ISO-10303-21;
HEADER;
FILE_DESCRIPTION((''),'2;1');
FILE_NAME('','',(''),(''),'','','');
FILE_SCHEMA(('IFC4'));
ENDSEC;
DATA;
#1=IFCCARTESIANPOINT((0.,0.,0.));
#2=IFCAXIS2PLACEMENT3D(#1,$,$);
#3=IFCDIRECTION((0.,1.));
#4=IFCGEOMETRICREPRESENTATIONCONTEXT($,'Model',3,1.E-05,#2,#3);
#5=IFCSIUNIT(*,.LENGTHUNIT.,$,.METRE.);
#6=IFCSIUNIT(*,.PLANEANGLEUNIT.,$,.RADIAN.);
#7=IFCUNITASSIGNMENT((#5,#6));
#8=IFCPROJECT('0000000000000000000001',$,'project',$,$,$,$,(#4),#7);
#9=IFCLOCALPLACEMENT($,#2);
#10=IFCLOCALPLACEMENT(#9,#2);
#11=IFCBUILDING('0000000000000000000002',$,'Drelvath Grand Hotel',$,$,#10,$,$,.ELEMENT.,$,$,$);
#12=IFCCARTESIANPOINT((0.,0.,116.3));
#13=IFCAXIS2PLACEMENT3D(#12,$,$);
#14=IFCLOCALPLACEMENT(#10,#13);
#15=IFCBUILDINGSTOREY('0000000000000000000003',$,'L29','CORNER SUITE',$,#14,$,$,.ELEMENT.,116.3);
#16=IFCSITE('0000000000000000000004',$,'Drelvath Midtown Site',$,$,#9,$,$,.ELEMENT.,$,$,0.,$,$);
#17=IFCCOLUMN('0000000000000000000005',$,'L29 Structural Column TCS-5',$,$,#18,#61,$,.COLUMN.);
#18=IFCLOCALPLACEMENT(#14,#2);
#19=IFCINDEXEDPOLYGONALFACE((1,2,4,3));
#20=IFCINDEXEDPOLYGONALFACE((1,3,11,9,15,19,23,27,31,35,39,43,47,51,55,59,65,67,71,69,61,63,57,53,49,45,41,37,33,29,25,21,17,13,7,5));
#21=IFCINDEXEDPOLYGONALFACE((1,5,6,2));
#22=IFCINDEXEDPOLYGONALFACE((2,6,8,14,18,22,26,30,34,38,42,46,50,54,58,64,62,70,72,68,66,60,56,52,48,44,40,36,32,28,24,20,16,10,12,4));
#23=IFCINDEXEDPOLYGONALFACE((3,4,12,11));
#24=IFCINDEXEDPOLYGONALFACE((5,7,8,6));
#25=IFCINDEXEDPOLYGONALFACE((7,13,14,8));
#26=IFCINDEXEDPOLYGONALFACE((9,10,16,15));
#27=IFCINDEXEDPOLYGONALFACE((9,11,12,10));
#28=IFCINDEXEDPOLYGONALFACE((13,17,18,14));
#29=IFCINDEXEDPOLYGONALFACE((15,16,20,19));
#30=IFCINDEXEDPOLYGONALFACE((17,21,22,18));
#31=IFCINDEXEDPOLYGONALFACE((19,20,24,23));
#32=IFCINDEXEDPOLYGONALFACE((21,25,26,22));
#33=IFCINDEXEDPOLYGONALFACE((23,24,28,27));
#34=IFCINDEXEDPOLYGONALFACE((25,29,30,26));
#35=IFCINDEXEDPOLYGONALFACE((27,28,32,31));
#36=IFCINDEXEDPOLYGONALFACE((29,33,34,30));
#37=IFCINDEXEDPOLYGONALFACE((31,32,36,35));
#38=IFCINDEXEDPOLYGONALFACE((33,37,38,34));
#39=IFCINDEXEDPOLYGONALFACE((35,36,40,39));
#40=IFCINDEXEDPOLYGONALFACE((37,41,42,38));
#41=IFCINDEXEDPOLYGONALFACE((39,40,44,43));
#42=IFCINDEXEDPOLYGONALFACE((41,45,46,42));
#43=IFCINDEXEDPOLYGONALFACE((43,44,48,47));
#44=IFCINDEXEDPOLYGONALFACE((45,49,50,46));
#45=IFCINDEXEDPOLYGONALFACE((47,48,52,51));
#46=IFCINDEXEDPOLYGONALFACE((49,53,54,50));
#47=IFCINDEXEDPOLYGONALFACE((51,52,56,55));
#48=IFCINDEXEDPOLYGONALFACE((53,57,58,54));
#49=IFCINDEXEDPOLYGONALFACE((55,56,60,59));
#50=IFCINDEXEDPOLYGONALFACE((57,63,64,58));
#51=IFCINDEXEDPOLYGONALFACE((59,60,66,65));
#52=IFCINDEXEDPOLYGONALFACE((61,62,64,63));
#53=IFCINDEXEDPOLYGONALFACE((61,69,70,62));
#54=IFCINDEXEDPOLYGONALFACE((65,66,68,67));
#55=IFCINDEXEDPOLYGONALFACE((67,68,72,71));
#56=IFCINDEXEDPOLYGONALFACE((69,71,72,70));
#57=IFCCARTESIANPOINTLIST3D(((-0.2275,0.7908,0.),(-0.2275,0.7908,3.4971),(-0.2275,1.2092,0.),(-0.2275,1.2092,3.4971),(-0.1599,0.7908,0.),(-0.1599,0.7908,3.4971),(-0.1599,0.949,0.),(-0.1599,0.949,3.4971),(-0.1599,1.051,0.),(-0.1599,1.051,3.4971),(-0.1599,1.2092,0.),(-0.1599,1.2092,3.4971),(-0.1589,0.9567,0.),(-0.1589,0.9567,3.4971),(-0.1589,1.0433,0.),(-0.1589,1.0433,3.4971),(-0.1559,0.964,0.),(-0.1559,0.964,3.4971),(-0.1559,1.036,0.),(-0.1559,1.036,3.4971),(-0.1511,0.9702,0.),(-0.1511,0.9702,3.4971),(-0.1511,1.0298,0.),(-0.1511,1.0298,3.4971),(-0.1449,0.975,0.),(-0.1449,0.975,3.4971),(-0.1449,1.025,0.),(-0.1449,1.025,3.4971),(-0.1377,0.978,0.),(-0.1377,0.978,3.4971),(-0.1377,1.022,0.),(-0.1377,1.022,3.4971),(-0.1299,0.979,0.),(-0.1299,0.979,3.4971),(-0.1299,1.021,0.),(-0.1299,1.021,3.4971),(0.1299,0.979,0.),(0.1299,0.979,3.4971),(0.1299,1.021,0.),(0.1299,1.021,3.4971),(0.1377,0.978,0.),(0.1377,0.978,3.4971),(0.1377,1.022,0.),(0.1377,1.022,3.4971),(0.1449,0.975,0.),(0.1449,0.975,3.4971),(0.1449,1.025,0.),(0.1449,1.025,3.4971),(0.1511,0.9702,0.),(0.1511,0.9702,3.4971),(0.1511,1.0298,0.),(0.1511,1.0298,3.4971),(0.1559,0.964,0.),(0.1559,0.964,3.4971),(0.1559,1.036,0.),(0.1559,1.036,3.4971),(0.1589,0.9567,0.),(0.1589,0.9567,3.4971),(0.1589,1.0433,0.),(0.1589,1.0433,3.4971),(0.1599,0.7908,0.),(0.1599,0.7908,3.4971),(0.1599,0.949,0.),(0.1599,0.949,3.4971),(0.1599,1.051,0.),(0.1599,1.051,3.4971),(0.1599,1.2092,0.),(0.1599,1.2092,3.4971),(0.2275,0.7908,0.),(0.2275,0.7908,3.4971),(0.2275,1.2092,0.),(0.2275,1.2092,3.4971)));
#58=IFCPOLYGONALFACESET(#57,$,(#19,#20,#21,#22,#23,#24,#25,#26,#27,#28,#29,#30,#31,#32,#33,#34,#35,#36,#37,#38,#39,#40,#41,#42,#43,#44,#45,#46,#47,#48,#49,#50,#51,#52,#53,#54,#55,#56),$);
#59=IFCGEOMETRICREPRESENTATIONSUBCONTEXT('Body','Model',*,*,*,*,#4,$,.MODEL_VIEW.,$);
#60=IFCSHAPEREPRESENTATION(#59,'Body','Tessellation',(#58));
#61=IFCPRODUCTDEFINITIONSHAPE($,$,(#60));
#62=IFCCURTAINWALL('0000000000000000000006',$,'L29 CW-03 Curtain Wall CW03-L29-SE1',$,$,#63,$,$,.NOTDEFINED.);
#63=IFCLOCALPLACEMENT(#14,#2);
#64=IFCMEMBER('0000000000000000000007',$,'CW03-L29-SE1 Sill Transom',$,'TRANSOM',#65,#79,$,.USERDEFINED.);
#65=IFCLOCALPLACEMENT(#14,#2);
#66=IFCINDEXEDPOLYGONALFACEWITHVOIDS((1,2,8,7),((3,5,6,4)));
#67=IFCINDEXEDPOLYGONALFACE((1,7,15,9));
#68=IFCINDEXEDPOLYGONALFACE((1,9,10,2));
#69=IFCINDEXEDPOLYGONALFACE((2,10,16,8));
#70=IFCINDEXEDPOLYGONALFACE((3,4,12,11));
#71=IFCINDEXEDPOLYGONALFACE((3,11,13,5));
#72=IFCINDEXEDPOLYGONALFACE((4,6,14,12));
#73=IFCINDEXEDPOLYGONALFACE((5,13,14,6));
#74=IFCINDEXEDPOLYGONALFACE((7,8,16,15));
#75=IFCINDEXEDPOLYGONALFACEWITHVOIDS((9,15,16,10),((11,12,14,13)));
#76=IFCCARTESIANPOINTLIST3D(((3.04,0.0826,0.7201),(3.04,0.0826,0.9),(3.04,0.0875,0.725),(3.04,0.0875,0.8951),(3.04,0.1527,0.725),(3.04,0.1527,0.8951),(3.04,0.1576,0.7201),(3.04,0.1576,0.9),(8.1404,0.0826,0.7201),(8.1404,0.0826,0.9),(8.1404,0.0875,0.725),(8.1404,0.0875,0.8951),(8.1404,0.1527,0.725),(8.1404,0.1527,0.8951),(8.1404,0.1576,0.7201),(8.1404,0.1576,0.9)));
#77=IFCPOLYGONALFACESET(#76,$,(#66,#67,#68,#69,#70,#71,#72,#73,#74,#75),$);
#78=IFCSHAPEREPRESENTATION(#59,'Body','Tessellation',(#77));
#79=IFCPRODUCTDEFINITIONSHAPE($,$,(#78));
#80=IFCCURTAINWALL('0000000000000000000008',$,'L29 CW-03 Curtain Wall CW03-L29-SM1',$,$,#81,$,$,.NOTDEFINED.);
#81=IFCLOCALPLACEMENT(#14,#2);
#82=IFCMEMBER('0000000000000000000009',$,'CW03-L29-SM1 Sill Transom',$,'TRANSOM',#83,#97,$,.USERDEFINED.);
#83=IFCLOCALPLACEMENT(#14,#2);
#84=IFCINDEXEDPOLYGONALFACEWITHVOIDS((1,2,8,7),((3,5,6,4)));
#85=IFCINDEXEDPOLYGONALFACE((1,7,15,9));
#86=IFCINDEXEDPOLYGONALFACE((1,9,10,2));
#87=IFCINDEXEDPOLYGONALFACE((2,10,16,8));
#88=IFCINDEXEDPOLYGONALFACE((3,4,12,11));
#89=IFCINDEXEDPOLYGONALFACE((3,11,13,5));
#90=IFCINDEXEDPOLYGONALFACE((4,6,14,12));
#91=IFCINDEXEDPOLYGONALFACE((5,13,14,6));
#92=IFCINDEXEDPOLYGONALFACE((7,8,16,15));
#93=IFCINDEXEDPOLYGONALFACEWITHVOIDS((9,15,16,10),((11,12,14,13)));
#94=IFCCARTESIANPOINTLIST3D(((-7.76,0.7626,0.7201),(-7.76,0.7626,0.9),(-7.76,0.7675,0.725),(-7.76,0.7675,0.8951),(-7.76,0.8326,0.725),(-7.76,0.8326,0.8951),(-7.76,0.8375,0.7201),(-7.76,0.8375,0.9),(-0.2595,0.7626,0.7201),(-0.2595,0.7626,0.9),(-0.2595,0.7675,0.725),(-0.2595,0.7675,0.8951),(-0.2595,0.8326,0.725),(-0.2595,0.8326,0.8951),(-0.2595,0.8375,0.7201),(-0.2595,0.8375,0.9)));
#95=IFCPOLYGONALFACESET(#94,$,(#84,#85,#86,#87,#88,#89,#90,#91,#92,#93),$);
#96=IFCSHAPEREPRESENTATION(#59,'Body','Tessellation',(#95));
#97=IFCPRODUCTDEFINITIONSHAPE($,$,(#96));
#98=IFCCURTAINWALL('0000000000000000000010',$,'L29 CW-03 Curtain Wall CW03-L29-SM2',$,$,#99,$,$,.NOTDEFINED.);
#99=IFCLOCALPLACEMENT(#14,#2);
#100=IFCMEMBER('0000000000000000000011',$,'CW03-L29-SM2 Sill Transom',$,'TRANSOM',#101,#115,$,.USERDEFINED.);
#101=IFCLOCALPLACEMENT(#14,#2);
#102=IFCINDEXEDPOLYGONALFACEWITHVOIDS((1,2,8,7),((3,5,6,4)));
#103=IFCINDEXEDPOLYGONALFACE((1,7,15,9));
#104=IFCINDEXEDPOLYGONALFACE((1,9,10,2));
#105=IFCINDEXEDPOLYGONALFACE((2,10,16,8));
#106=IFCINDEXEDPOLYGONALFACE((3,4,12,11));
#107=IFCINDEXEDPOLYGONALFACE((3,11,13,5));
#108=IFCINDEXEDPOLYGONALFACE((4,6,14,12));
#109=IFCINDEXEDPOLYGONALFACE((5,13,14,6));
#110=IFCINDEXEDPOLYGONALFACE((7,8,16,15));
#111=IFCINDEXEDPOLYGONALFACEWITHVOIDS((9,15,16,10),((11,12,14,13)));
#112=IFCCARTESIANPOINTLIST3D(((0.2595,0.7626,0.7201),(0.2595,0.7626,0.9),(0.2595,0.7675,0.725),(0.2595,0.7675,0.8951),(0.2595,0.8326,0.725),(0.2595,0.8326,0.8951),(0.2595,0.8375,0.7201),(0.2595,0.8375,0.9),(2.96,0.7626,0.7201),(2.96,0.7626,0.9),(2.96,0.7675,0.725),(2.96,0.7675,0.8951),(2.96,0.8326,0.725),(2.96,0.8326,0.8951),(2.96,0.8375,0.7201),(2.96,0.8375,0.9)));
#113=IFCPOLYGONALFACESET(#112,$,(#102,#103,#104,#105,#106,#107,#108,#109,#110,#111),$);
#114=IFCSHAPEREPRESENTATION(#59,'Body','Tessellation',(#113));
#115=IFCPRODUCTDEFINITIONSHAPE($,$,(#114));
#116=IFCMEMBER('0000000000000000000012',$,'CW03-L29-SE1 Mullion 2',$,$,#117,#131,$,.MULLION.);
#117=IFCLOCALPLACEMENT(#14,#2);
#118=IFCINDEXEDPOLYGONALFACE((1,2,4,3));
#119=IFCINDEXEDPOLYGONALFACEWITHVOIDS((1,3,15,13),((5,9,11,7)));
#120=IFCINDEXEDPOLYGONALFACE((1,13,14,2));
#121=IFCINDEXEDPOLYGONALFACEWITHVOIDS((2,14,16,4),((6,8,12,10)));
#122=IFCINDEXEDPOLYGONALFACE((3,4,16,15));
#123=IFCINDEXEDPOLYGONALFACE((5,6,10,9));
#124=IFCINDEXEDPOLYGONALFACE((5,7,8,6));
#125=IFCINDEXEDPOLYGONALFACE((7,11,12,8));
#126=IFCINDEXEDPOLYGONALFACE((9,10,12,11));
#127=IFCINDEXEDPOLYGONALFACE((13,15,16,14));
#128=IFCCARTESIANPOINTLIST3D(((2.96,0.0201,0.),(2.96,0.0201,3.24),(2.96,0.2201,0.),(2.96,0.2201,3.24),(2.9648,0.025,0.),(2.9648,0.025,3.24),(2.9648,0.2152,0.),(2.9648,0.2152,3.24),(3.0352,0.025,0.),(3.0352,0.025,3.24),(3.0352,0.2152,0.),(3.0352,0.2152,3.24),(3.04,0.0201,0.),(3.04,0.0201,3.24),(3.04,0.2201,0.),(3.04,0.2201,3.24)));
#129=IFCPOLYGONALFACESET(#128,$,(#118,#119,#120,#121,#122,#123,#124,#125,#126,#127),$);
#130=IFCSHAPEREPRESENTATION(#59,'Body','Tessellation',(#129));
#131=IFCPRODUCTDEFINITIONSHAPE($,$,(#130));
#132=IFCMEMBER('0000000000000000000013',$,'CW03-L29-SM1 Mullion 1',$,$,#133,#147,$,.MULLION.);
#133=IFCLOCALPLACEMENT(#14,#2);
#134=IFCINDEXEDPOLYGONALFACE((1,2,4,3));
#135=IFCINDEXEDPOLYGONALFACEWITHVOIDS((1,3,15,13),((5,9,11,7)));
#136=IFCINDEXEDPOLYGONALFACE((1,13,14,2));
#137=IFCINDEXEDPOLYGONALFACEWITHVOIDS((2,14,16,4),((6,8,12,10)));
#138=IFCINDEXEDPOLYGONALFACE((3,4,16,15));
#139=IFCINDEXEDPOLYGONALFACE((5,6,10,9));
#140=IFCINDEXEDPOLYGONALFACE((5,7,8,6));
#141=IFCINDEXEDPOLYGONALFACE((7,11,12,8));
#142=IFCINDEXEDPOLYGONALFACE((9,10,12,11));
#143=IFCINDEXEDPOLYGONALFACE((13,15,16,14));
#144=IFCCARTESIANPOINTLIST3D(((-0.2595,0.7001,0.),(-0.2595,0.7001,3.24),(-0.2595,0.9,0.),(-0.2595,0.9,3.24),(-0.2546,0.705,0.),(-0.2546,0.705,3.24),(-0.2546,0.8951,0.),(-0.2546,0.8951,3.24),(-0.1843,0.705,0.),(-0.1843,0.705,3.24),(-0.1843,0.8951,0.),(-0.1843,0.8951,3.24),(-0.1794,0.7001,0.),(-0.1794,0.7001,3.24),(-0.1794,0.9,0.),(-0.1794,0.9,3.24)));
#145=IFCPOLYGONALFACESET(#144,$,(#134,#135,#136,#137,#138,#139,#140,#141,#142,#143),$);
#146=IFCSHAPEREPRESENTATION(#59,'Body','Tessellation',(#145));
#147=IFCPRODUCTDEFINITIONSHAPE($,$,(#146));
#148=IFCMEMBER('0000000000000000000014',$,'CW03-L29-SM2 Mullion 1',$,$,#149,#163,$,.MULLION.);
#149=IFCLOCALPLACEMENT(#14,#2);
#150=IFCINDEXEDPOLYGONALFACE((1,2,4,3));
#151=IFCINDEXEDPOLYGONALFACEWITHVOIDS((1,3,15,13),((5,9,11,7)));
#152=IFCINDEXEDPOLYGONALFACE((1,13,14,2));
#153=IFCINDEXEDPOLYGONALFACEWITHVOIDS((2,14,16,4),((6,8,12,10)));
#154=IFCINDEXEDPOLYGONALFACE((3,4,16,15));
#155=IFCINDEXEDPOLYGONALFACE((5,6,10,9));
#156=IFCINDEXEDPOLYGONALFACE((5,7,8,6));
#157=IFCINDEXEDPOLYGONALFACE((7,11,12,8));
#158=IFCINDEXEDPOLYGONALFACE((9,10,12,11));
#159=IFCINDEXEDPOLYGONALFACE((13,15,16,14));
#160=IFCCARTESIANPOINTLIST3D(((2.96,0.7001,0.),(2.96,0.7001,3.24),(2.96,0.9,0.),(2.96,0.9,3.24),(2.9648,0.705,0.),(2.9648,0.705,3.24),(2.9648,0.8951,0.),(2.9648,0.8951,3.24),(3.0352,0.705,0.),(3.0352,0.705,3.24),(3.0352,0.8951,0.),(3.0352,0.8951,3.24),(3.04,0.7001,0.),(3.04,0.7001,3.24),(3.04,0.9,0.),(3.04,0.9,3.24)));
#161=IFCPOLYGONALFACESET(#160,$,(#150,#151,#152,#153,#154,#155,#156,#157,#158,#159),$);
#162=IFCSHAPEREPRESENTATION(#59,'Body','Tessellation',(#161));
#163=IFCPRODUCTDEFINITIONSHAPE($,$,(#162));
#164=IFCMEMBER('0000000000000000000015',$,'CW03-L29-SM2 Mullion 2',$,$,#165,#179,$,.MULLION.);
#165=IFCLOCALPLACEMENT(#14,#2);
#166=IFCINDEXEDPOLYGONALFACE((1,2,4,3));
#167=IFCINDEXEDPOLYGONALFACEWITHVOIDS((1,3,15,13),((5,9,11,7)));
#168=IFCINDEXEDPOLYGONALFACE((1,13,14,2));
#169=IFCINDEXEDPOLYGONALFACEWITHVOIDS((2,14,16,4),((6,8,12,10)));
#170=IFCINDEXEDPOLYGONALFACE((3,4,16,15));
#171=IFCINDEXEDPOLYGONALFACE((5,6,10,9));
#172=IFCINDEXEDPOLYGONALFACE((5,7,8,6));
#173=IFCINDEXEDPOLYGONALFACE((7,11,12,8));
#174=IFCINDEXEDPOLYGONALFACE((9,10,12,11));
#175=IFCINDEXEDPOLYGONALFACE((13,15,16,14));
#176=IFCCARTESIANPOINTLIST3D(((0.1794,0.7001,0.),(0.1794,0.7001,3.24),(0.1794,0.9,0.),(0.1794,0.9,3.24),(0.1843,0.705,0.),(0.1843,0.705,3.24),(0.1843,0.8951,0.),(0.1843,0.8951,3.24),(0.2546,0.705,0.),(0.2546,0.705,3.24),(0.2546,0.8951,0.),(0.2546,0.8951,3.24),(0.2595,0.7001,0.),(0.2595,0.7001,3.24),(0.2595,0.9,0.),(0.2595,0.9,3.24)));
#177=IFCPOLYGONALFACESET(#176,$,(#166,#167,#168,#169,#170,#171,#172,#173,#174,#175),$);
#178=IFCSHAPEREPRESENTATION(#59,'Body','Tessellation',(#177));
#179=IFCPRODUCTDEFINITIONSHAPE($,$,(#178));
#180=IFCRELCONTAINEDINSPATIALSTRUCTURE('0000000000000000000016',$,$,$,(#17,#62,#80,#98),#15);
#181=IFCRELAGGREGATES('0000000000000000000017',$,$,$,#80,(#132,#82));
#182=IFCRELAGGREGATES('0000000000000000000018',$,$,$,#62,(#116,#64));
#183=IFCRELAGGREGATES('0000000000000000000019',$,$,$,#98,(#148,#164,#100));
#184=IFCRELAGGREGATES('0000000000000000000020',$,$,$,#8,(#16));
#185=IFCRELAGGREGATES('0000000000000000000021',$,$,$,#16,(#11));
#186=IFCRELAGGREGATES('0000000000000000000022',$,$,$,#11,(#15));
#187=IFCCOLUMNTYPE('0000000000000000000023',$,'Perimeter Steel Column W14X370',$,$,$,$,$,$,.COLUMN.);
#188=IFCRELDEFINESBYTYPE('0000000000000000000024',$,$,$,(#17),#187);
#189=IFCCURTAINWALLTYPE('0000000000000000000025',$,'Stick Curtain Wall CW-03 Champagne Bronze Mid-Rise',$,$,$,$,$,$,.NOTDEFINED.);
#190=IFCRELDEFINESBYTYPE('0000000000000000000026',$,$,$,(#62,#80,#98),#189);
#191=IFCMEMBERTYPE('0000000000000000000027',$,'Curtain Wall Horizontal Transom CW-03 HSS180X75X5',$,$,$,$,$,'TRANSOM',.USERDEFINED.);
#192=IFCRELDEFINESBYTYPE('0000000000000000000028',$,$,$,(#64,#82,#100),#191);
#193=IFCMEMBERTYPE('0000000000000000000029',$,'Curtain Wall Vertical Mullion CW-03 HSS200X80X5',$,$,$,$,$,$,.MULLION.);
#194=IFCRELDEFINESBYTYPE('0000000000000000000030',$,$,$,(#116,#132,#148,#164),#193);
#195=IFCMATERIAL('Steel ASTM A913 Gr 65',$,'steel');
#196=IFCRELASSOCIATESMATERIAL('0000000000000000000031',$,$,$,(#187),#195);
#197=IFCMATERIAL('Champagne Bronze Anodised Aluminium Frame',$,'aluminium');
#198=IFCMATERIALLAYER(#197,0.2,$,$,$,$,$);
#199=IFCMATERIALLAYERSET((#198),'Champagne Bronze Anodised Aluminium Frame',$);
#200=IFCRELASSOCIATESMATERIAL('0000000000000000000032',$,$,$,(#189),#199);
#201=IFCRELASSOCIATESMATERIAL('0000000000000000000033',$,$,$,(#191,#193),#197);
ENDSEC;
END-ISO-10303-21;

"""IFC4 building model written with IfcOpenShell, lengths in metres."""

from ifc_helpers import new_model, si_unit, direction, frame, origin, origin_2d, place, context, subcontext, project, spatial, hollow_rectangle, i_section, extrude, material, layer, layer_set, material_profile, profile_set, type_object, element, aggregate, save


model = new_model("IFC4")

# Units and contexts
model_context = context("Model", 3, precision=1e-05, world=origin(), true_north=direction((0.0, 1.0)))
body_context = subcontext(model_context, "Body", "Model", "MODEL_VIEW")
ifc_project = project(units=[si_unit("LENGTHUNIT", "METRE"), si_unit("PLANEANGLEUNIT", "RADIAN")], contexts=[model_context])

# Site, building, storey
site_placement = place(None, origin())
site = spatial("IfcSite", under=ifc_project, at=site_placement, Name="Drelvath Midtown Site", CompositionType="ELEMENT", RefElevation=0.0)
building_placement = place(site_placement, origin())
building = spatial("IfcBuilding", under=site, at=building_placement, Name="Drelvath Grand Hotel", CompositionType="ELEMENT")
storey_placement = place(building_placement, frame((0.0, 0.0, 116.3)))
storey = spatial("IfcBuildingStorey", under=building, at=storey_placement, Name="L29", Description="CORNER SUITE", CompositionType="ELEMENT", Elevation=116.3)

# Column
ifc_material_1 = material(Name="Steel ASTM A913 Gr 65", Category="steel")
ifc_material_profile_1 = material_profile(ifc_material_1, i_section(OverallWidth=0.4185, OverallDepth=0.4551, WebThickness=0.042, FlangeThickness=0.0676, FilletRadius=0.03, at=origin_2d()), Name="W14X370")
ifc_profile_set_1 = profile_set([ifc_material_profile_1], Name="Steel ASTM A913 Gr 65")
column_type = type_object("IfcColumnType", Name="Perimeter Steel Column W14X370", PredefinedType="COLUMN", material=ifc_profile_set_1)
column_placement = place(storey_placement, frame((0.0, 1.0, 0.0), z_axis=(0.0, 0.0, 1.0), x_axis=(0.0, 1.0, 0.0)))
element("IfcColumn", 1, at=column_placement, inside=storey, type_object=column_type, Name="L29 Structural Column TCS-5", PredefinedType="COLUMN", context=body_context, shape_type="SweptSolid", body=[
    extrude(i_section(OverallWidth=0.4185, OverallDepth=0.4551, WebThickness=0.042, FlangeThickness=0.0676, FilletRadius=0.03, at=origin_2d()), origin(), (0.0, 0.0, 1.0), 3.4971),
])

# Curtain walls, members
ifc_material_2 = material(Name="Champagne Bronze Anodised Aluminium Frame", Category="aluminium")
ifc_layer_1 = layer(ifc_material_2, 0.2)
ifc_layer_set_1 = layer_set([ifc_layer_1], Name="Champagne Bronze Anodised Aluminium Frame")
curtain_wall_type = type_object("IfcCurtainWallType", Name="Stick Curtain Wall CW-03 Champagne Bronze Mid-Rise", PredefinedType="NOTDEFINED", material=ifc_layer_set_1)
curtain_wall_1_placement = place(storey_placement, origin())
curtain_wall_1 = element("IfcCurtainWall", 2, at=curtain_wall_1_placement, inside=storey, type_object=curtain_wall_type, Name="L29 CW-03 Curtain Wall CW03-L29-SE1", PredefinedType="NOTDEFINED")
ifc_material_profile_2 = material_profile(ifc_material_2, hollow_rectangle(XDim=0.075, YDim=0.1799, WallThickness=0.0049, at=origin_2d()), Name="HSS180X75X5")
ifc_profile_set_2 = profile_set([ifc_material_profile_2], Name="Champagne Bronze Anodised Aluminium Frame")
member_type_1 = type_object("IfcMemberType", Name="Curtain Wall Horizontal Transom CW-03 HSS180X75X5", ElementType="TRANSOM", PredefinedType="USERDEFINED", material=ifc_profile_set_2)
member_1_placement = place(storey_placement, frame((8.1404, 0.1201, 0.8101), z_axis=(-1.0, 0.0, 0.0), x_axis=(0.0, -1.0, 0.0)))
member_1 = element("IfcMember", 3, at=member_1_placement, type_object=member_type_1, Name="CW03-L29-SE1 Sill Transom", ObjectType="TRANSOM", PredefinedType="USERDEFINED", context=body_context, shape_type="SweptSolid", body=[
    extrude(hollow_rectangle(XDim=0.075, YDim=0.1799, WallThickness=0.0049, at=origin_2d()), origin(), (0.0, 0.0, 1.0), 5.1003),
])
curtain_wall_2_placement = place(storey_placement, origin())
curtain_wall_2 = element("IfcCurtainWall", 4, at=curtain_wall_2_placement, inside=storey, type_object=curtain_wall_type, Name="L29 CW-03 Curtain Wall CW03-L29-SM1", PredefinedType="NOTDEFINED")
member_2_placement = place(storey_placement, frame((-0.2595, 0.8, 0.8101), z_axis=(-1.0, 0.0, 0.0), x_axis=(0.0, -1.0, 0.0)))
member_2 = element("IfcMember", 5, at=member_2_placement, type_object=member_type_1, Name="CW03-L29-SM1 Sill Transom", ObjectType="TRANSOM", PredefinedType="USERDEFINED", context=body_context, shape_type="SweptSolid", body=[
    extrude(hollow_rectangle(XDim=0.075, YDim=0.1799, WallThickness=0.0049, at=origin_2d()), origin(), (0.0, 0.0, 1.0), 7.5005),
])
curtain_wall_3_placement = place(storey_placement, origin())
curtain_wall_3 = element("IfcCurtainWall", 6, at=curtain_wall_3_placement, inside=storey, type_object=curtain_wall_type, Name="L29 CW-03 Curtain Wall CW03-L29-SM2", PredefinedType="NOTDEFINED")
member_3_placement = place(storey_placement, frame((2.96, 0.8, 0.8101), z_axis=(-1.0, 0.0, 0.0), x_axis=(0.0, -1.0, 0.0)))
member_3 = element("IfcMember", 7, at=member_3_placement, type_object=member_type_1, Name="CW03-L29-SM2 Sill Transom", ObjectType="TRANSOM", PredefinedType="USERDEFINED", context=body_context, shape_type="SweptSolid", body=[
    extrude(hollow_rectangle(XDim=0.075, YDim=0.1799, WallThickness=0.0049, at=origin_2d()), origin(), (0.0, 0.0, 1.0), 2.7004),
])

# Members
ifc_material_profile_3 = material_profile(ifc_material_2, hollow_rectangle(XDim=0.0801, YDim=0.2, WallThickness=0.0049, at=origin_2d()), Name="HSS200X80X5")
ifc_profile_set_3 = profile_set([ifc_material_profile_3], Name="Champagne Bronze Anodised Aluminium Frame")
member_type_2 = type_object("IfcMemberType", Name="Curtain Wall Vertical Mullion CW-03 HSS200X80X5", PredefinedType="MULLION", material=ifc_profile_set_3)
member_4_placement = place(storey_placement, frame((3.0, 0.1201, 0.0), z_axis=(0.0, 0.0, 1.0), x_axis=(1.0, 0.0, 0.0)))
member_4 = element("IfcMember", 8, at=member_4_placement, type_object=member_type_2, Name="CW03-L29-SE1 Mullion 2", PredefinedType="MULLION", context=body_context, shape_type="SweptSolid", body=[
    extrude(hollow_rectangle(XDim=0.0801, YDim=0.2, WallThickness=0.0049, at=origin_2d()), origin(), (0.0, 0.0, 1.0), 3.24),
])
member_5_placement = place(storey_placement, frame((-0.2195, 0.8, 0.0), z_axis=(0.0, 0.0, 1.0), x_axis=(1.0, 0.0, 0.0)))
member_5 = element("IfcMember", 9, at=member_5_placement, type_object=member_type_2, Name="CW03-L29-SM1 Mullion 1", PredefinedType="MULLION", context=body_context, shape_type="SweptSolid", body=[
    extrude(hollow_rectangle(XDim=0.0801, YDim=0.2, WallThickness=0.0049, at=origin_2d()), origin(), (0.0, 0.0, 1.0), 3.24),
])
aggregate(curtain_wall_2, [member_5, member_2])
member_6_placement = place(storey_placement, frame((3.0, 0.8, 0.0), z_axis=(0.0, 0.0, 1.0), x_axis=(1.0, 0.0, 0.0)))
member_6 = element("IfcMember", 10, at=member_6_placement, type_object=member_type_2, Name="CW03-L29-SM2 Mullion 1", PredefinedType="MULLION", context=body_context, shape_type="SweptSolid", body=[
    extrude(hollow_rectangle(XDim=0.0801, YDim=0.2, WallThickness=0.0049, at=origin_2d()), origin(), (0.0, 0.0, 1.0), 3.24),
])
member_7_placement = place(storey_placement, frame((0.2195, 0.8, 0.0), z_axis=(0.0, 0.0, 1.0), x_axis=(1.0, 0.0, 0.0)))
member_7 = element("IfcMember", 11, at=member_7_placement, type_object=member_type_2, Name="CW03-L29-SM2 Mullion 2", PredefinedType="MULLION", context=body_context, shape_type="SweptSolid", body=[
    extrude(hollow_rectangle(XDim=0.0801, YDim=0.2, WallThickness=0.0049, at=origin_2d()), origin(), (0.0, 0.0, 1.0), 3.24),
])

aggregate(curtain_wall_1, [member_4, member_1])
aggregate(curtain_wall_3, [member_6, member_7, member_3])

save(model, "model.ifc")
